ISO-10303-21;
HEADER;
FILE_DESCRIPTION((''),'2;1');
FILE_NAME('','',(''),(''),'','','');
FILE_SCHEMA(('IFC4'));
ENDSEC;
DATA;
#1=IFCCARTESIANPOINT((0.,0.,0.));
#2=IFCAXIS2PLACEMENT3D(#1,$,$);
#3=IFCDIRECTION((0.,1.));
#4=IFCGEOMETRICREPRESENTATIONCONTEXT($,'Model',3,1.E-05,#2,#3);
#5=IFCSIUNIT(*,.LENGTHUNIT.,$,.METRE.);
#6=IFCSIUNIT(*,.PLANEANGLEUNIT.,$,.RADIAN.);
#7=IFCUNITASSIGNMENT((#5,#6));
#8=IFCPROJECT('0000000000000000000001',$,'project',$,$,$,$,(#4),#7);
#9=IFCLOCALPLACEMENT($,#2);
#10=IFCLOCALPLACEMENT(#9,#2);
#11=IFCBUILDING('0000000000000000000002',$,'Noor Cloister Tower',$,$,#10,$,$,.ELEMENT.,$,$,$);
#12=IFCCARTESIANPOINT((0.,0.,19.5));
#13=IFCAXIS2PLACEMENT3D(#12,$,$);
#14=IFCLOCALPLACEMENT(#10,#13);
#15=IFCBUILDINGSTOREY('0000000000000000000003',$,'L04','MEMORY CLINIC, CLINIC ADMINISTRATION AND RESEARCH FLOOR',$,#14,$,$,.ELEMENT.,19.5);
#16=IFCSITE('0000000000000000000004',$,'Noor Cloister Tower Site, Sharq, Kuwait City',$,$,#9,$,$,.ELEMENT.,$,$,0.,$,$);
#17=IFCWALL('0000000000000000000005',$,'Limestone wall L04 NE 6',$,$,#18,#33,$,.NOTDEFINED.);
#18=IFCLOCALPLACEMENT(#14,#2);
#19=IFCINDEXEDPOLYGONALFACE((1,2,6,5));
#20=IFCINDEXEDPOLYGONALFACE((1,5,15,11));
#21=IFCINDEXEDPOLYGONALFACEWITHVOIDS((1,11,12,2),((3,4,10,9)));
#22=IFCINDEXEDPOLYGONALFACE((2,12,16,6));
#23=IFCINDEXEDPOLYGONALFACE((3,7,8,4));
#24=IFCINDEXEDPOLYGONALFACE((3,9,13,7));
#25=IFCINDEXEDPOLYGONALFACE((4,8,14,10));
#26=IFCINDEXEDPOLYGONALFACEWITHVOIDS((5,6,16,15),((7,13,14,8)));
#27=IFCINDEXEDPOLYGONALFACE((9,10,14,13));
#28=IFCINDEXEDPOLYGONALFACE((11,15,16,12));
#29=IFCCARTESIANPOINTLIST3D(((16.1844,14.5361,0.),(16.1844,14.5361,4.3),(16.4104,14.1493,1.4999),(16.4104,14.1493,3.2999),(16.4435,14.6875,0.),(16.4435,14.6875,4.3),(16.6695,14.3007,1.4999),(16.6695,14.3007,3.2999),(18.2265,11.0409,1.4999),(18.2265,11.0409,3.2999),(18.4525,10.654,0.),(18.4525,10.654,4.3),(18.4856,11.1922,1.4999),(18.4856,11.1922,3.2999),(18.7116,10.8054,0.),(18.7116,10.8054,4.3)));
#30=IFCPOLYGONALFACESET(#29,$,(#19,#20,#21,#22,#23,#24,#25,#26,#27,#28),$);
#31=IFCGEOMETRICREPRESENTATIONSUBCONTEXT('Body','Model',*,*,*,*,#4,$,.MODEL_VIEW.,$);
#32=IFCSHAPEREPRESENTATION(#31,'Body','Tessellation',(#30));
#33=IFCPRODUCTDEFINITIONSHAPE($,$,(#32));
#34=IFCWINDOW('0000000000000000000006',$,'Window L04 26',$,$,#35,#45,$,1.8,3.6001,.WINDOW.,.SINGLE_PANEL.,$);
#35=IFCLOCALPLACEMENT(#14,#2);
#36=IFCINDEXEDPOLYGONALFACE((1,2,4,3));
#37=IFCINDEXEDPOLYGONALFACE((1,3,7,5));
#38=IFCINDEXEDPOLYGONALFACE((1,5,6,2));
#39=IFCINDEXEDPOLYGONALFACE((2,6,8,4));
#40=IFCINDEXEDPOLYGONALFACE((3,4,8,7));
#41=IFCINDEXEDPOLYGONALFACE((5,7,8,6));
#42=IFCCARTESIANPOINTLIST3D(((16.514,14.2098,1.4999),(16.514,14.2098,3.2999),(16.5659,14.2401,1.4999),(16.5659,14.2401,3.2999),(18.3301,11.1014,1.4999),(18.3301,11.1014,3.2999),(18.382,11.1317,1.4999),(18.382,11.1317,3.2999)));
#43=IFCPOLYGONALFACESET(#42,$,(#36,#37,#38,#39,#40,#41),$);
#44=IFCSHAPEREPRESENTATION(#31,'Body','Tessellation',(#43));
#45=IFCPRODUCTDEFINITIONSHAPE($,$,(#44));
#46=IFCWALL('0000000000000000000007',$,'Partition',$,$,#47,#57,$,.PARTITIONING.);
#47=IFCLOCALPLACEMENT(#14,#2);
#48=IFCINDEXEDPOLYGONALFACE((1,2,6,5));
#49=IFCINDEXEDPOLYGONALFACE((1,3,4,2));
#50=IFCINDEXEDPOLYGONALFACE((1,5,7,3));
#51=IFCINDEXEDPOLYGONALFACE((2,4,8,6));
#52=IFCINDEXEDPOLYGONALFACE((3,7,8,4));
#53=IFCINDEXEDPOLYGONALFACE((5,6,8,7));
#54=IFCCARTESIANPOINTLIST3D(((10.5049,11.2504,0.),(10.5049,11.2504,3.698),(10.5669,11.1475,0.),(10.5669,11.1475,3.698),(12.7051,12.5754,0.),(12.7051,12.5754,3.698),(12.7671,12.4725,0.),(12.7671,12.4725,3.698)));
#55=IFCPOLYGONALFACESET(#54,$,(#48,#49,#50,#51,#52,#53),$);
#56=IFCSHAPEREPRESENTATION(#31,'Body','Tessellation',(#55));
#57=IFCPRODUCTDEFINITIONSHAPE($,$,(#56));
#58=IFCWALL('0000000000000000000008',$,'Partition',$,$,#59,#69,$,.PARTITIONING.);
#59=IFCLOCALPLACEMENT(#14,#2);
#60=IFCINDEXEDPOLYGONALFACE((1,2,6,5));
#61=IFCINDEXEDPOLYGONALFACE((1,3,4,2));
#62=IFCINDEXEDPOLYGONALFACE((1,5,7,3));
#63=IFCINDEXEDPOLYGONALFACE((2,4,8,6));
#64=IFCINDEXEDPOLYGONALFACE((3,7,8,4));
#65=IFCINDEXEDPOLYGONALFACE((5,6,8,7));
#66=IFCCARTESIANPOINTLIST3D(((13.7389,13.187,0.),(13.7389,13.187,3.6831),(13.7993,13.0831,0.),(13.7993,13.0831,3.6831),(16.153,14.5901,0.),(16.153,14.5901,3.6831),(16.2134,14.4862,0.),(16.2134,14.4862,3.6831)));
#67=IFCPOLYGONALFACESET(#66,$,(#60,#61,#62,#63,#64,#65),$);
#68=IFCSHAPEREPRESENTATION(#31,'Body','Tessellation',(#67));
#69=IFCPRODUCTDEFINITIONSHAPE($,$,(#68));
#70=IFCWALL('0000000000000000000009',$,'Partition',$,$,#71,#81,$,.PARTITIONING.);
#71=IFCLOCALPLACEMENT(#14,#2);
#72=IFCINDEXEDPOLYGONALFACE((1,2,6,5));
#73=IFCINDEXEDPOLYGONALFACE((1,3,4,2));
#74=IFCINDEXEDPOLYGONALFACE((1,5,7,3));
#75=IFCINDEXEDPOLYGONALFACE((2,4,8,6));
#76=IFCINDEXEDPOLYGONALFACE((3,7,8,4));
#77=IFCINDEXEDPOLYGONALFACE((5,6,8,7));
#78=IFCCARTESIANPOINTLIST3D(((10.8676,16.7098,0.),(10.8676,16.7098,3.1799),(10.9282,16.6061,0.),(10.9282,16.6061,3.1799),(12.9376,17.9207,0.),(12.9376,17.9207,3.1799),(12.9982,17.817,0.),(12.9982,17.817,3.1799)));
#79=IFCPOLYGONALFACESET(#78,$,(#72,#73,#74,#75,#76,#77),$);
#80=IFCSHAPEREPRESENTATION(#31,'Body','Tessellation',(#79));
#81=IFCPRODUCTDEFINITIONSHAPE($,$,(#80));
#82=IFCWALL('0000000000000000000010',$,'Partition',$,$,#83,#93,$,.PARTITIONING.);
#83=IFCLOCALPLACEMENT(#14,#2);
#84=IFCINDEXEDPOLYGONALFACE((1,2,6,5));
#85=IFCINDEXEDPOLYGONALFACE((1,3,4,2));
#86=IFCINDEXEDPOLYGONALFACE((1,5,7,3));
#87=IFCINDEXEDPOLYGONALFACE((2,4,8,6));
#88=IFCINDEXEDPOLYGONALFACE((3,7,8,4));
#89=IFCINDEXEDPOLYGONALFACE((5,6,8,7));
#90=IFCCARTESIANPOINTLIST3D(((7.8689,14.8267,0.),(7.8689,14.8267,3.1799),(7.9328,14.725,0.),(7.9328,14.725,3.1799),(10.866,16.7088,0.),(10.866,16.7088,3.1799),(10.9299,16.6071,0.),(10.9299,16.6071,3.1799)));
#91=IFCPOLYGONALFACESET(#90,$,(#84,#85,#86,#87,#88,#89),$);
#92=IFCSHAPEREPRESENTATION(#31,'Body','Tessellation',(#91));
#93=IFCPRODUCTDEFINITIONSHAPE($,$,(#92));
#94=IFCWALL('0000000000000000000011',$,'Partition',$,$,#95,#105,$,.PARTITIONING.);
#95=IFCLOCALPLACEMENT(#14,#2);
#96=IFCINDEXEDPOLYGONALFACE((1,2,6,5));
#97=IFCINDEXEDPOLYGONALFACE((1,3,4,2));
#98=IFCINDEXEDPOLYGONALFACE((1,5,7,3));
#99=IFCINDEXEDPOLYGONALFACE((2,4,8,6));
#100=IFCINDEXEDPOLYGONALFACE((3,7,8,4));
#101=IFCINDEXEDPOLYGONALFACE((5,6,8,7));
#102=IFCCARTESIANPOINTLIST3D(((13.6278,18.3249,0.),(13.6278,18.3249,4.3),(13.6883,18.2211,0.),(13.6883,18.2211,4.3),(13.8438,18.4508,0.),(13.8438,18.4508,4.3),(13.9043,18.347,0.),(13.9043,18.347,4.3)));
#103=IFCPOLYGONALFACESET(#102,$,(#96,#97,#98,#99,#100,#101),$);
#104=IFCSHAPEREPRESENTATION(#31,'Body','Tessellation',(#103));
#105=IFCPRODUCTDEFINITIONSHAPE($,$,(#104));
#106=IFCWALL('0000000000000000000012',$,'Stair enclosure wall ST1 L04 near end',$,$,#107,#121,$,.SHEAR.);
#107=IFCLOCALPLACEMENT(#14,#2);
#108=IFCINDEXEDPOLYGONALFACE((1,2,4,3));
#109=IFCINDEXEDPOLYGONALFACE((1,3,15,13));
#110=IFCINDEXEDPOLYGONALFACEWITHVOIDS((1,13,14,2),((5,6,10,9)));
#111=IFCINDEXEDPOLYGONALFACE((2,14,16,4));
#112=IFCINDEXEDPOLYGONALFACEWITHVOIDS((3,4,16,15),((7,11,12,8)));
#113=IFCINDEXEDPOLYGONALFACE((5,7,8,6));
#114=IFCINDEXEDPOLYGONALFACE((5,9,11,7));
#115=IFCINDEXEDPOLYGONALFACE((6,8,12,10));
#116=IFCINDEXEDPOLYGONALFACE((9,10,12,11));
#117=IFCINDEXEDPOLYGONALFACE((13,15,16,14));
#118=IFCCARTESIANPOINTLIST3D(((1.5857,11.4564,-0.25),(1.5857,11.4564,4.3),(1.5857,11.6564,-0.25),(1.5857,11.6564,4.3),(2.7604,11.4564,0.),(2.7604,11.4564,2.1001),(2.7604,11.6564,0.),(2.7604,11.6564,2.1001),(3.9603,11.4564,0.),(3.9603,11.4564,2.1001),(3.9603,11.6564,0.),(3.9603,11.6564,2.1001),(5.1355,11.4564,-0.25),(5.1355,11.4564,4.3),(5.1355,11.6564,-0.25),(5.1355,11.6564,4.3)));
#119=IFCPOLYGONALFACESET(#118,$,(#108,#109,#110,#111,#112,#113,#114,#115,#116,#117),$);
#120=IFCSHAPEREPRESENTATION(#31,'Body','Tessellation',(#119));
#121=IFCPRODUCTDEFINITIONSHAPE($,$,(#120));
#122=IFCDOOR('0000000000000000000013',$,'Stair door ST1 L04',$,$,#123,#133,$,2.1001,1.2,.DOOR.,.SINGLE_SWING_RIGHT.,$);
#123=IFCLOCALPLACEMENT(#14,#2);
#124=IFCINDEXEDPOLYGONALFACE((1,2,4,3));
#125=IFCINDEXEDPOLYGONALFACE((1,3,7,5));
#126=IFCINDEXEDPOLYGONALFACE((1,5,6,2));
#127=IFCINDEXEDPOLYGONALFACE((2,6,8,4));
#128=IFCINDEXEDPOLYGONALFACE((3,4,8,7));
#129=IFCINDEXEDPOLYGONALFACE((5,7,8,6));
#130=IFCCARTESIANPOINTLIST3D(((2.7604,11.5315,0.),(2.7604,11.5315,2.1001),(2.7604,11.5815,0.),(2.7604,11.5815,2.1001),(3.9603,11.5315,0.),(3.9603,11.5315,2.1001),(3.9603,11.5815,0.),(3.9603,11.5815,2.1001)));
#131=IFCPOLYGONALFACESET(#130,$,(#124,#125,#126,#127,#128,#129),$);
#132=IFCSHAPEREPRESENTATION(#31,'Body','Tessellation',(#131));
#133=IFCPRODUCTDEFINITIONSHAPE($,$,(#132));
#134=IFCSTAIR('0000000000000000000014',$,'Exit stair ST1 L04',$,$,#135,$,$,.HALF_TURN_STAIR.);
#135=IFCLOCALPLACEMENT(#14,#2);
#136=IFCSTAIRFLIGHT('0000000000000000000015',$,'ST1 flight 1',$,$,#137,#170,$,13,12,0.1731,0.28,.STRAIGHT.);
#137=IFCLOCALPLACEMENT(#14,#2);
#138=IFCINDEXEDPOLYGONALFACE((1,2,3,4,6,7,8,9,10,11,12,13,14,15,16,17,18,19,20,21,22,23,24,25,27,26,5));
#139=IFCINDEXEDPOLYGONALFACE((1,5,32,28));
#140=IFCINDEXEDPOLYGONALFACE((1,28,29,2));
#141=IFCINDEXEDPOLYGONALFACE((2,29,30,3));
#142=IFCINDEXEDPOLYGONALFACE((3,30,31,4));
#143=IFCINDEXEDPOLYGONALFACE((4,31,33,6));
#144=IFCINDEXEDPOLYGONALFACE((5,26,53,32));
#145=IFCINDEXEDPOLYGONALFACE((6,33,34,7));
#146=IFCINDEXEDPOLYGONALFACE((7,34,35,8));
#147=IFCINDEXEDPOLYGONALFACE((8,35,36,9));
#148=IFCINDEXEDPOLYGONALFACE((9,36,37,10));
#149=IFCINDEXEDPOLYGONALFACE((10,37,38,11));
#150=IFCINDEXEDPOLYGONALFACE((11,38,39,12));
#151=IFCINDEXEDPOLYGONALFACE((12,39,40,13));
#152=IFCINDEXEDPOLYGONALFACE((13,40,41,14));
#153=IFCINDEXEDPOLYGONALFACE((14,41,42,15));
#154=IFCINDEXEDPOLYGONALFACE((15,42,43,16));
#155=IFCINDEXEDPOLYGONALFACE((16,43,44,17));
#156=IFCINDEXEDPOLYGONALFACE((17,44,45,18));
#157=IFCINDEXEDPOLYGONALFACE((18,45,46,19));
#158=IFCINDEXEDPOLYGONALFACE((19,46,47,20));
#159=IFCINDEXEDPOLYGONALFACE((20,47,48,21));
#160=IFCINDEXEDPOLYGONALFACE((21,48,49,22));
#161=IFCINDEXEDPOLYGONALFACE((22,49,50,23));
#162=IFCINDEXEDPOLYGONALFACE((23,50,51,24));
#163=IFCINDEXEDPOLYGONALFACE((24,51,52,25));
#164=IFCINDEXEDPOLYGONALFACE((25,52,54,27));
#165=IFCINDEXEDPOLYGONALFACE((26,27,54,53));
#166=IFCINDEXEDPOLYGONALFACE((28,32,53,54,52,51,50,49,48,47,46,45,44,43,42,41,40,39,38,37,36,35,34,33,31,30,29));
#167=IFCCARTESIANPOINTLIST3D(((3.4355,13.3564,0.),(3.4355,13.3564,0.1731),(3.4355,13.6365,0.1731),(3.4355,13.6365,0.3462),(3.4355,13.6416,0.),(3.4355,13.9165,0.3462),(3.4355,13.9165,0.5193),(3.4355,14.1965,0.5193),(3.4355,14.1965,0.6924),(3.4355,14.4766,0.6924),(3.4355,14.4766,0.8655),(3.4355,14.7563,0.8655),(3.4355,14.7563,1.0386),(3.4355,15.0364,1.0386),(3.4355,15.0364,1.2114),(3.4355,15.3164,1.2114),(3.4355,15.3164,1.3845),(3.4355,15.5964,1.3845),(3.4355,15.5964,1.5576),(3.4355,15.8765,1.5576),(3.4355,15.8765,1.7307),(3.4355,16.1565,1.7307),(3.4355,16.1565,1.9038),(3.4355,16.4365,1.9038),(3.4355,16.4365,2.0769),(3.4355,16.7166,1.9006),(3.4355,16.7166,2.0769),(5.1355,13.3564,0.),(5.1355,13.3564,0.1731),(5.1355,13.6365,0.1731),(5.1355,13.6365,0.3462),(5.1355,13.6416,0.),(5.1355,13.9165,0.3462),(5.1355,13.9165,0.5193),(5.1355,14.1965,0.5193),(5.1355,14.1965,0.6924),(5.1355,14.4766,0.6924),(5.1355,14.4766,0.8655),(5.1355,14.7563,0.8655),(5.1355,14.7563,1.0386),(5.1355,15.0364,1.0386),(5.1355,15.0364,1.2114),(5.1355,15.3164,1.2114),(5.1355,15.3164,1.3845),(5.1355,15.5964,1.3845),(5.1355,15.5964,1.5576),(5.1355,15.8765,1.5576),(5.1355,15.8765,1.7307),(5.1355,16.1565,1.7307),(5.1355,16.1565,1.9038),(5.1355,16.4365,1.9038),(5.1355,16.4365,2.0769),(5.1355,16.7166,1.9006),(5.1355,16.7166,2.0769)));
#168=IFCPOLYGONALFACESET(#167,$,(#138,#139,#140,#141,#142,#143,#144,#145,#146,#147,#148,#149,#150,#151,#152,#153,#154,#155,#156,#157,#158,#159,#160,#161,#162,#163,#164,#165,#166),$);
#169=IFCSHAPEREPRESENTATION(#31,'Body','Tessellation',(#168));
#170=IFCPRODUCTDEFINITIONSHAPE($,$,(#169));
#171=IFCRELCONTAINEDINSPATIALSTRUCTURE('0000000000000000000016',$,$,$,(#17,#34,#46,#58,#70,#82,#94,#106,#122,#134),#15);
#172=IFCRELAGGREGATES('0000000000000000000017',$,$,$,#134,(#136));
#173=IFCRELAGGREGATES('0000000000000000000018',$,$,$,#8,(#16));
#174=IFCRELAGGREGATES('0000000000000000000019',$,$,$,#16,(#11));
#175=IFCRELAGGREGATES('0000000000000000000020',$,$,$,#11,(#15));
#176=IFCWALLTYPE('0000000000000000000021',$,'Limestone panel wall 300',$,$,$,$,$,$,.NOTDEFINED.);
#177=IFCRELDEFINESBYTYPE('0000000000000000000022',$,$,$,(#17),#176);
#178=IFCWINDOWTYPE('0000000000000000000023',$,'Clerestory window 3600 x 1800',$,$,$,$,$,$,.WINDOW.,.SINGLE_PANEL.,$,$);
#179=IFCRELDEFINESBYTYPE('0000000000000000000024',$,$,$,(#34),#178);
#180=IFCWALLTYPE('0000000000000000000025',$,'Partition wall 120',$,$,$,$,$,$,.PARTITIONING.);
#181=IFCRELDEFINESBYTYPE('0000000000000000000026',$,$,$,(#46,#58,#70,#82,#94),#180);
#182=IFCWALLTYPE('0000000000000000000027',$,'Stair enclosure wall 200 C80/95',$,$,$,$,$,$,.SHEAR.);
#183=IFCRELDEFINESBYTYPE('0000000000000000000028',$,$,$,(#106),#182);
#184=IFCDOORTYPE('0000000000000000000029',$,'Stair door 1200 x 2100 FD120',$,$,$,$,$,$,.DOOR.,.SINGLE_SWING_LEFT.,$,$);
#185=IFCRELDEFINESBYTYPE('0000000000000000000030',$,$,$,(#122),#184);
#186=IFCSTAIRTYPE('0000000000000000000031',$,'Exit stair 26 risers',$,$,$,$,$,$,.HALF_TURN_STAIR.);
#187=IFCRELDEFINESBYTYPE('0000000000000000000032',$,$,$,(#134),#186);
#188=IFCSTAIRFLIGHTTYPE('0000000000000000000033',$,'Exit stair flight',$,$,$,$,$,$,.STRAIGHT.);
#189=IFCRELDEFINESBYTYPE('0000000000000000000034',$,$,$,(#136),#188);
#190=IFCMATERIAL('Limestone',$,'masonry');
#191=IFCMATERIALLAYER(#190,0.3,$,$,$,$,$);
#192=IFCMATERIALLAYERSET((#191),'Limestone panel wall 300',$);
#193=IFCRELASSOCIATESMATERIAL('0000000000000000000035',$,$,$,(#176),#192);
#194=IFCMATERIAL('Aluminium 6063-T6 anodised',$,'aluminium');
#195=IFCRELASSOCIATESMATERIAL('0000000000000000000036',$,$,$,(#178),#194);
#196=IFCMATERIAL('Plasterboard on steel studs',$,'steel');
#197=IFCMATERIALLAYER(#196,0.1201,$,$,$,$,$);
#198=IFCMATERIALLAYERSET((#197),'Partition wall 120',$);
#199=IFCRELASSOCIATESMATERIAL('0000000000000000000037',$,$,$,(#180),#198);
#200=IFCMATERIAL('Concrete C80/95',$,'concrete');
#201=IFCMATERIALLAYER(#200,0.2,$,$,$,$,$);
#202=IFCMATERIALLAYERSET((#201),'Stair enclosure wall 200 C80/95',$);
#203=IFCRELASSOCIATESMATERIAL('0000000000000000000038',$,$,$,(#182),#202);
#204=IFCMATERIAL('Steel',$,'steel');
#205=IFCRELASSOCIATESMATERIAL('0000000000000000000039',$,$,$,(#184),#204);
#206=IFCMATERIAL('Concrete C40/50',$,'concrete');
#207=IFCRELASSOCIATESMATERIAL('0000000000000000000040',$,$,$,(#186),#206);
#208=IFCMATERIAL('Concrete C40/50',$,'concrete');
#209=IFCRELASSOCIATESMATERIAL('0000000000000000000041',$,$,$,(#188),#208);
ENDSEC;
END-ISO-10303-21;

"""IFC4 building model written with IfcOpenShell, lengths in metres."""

from ifc_helpers import new_model, si_unit, direction, frame, frame_2d, origin, place, context, subcontext, project, spatial, polyline, rectangle, outline, extrude, material, layer, layer_set, type_object, element, fill, aggregate, save


model = new_model("IFC4")

# Units and contexts
model_context = context("Model", 3, precision=1e-05, world=origin(), true_north=direction((0.0, 1.0)))
body_context = subcontext(model_context, "Body", "Model", "MODEL_VIEW")
ifc_project = project(units=[si_unit("LENGTHUNIT", "METRE"), si_unit("PLANEANGLEUNIT", "RADIAN")], contexts=[model_context])

# Site, building, storey
site_placement = place(None, origin())
site = spatial("IfcSite", under=ifc_project, at=site_placement, Name="Noor Cloister Tower Site, Sharq, Kuwait City", CompositionType="ELEMENT", RefElevation=0.0)
building_placement = place(site_placement, origin())
building = spatial("IfcBuilding", under=site, at=building_placement, Name="Noor Cloister Tower", CompositionType="ELEMENT")
storey_placement = place(building_placement, frame((0.0, 0.0, 19.5)))
storey = spatial("IfcBuildingStorey", under=building, at=storey_placement, Name="L04", Description="MEMORY CLINIC, CLINIC ADMINISTRATION AND RESEARCH FLOOR", CompositionType="ELEMENT", Elevation=19.5)

# Wall, opening, window
ifc_material_1 = material(Name="Limestone", Category="masonry")
ifc_layer_1 = layer(ifc_material_1, 0.3)
ifc_layer_set_1 = layer_set([ifc_layer_1], Name="Limestone panel wall 300")
wall_type_1 = type_object("IfcWallType", Name="Limestone panel wall 300", PredefinedType="NOTDEFINED", material=ifc_layer_set_1)
wall_1_placement = place(storey_placement, frame((16.314, 14.6118, 0.0), z_axis=(0.0, 0.0, 1.0), x_axis=(0.504455, -0.863438, 0.0)))
wall_1 = element("IfcWall", 1, at=wall_1_placement, inside=storey, type_object=wall_type_1, Name="Limestone wall L04 NE 6", PredefinedType="NOTDEFINED", context=body_context, shape_type="SweptSolid", body=[
    extrude(rectangle(XDim=4.4961, YDim=0.3, at=frame_2d((2.248, 0.0))), origin(), (0.0, 0.0, 1.0), 4.3),
])
opening_1_placement = place(wall_1_placement, frame((0.448, 0.0, 1.5)))
opening_1 = element("IfcOpeningElement", 2, at=opening_1_placement, cuts=wall_1, PredefinedType="OPENING", context=body_context, shape_type="SweptSolid", body=[
    extrude(rectangle(XDim=3.6001, YDim=1.8, at=frame_2d((1.8, 0.8999))), frame((0.0, 0.1602, 0.0), z_axis=(0.0, -1.0, 0.0), x_axis=(1.0, 0.0, 0.0)), (0.0, 0.0, 1.0), 0.3201),
])
ifc_material_2 = material(Name="Aluminium 6063-T6 anodised", Category="aluminium")
window_type = type_object("IfcWindowType", Name="Clerestory window 3600 x 1800", PartitioningType="SINGLE_PANEL", PredefinedType="WINDOW", material=ifc_material_2)
window_placement = place(opening_1_placement, origin())
window = element("IfcWindow", 3, at=window_placement, inside=storey, type_object=window_type, Name="Window L04 26", OverallHeight=1.8, OverallWidth=3.6001, PartitioningType="SINGLE_PANEL", PredefinedType="WINDOW", context=body_context, shape_type="SweptSolid", body=[
    extrude(rectangle(XDim=3.6001, YDim=1.8, at=frame_2d((1.8, 0.8999))), frame((0.0, 0.03, 0.0), z_axis=(0.0, -1.0, 0.0), x_axis=(1.0, 0.0, 0.0)), (0.0, 0.0, 1.0), 0.0601),
])
fill(opening_1, window)

# Walls
ifc_material_3 = material(Name="Plasterboard on steel studs", Category="steel")
ifc_layer_2 = layer(ifc_material_3, 0.1201)
ifc_layer_set_2 = layer_set([ifc_layer_2], Name="Partition wall 120")
wall_type_2 = type_object("IfcWallType", Name="Partition wall 120", PredefinedType="PARTITIONING", material=ifc_layer_set_2)
wall_2_placement = place(storey_placement, frame((12.7361, 12.5239, 0.0), z_axis=(0.0, 0.0, 1.0), x_axis=(-0.856661, -0.515879, 0.0)))
element("IfcWall", 4, at=wall_2_placement, inside=storey, type_object=wall_type_2, Name="Partition", PredefinedType="PARTITIONING", context=body_context, shape_type="SweptSolid", body=[
    extrude(rectangle(XDim=2.5684, YDim=0.1201, at=frame_2d((1.2842, 0.0))), origin(), (0.0, 0.0, 1.0), 3.698),
])
wall_3_placement = place(storey_placement, frame((16.1831, 14.5381, 0.0), z_axis=(0.0, 0.0, 1.0), x_axis=(-0.864577, -0.5025, 0.0)))
element("IfcWall", 5, at=wall_3_placement, inside=storey, type_object=wall_type_2, Name="Partition", PredefinedType="PARTITIONING", context=body_context, shape_type="SweptSolid", body=[
    extrude(rectangle(XDim=2.7922, YDim=0.1201, at=frame_2d((1.396, 0.0))), origin(), (0.0, 0.0, 1.0), 3.6831),
])
wall_4_placement = place(storey_placement, frame((12.968, 17.8689, 0.0), z_axis=(0.0, 0.0, 1.0), x_axis=(-0.863162, -0.504928, 0.0)))
element("IfcWall", 6, at=wall_4_placement, inside=storey, type_object=wall_type_2, Name="Partition", PredefinedType="PARTITIONING", context=body_context, shape_type="SweptSolid", body=[
    extrude(rectangle(XDim=2.3982, YDim=0.1201, at=frame_2d((1.1992, 0.0))), origin(), (0.0, 0.0, 1.0), 3.1799),
])
wall_5_placement = place(storey_placement, frame((10.8979, 16.658, 0.0), z_axis=(0.0, 0.0, 1.0), x_axis=(-0.846865, -0.531808, 0.0)))
element("IfcWall", 7, at=wall_5_placement, inside=storey, type_object=wall_type_2, Name="Partition", PredefinedType="PARTITIONING", context=body_context, shape_type="SweptSolid", body=[
    extrude(rectangle(XDim=3.5391, YDim=0.1201, at=frame_2d((1.7695, 0.0))), origin(), (0.0, 0.0, 1.0), 3.1799),
])
wall_6_placement = place(storey_placement, frame((13.874, 18.3989, 0.0), z_axis=(0.0, 0.0, 1.0), x_axis=(-0.863885, -0.503689, 0.0)))
element("IfcWall", 8, at=wall_6_placement, inside=storey, type_object=wall_type_2, Name="Partition", PredefinedType="PARTITIONING", context=body_context, shape_type="SweptSolid", body=[
    extrude(rectangle(XDim=0.25, YDim=0.1201, at=frame_2d((0.125, 0.0))), origin(), (0.0, 0.0, 1.0), 4.3),
])

# Wall, opening, door
ifc_material_4 = material(Name="Concrete C80/95", Category="concrete")
ifc_layer_3 = layer(ifc_material_4, 0.2)
ifc_layer_set_3 = layer_set([ifc_layer_3], Name="Stair enclosure wall 200 C80/95")
wall_type_3 = type_object("IfcWallType", Name="Stair enclosure wall 200 C80/95", PredefinedType="SHEAR", material=ifc_layer_set_3)
wall_7_placement = place(storey_placement, frame((5.1355, 11.5564, -0.25), z_axis=(0.0, 0.0, 1.0), x_axis=(-1.0, 0.0, 0.0)))
wall_7 = element("IfcWall", 9, at=wall_7_placement, inside=storey, type_object=wall_type_3, Name="Stair enclosure wall ST1 L04 near end", PredefinedType="SHEAR", context=body_context, shape_type="SweptSolid", body=[
    extrude(rectangle(XDim=3.5498, YDim=0.2, at=frame_2d((1.7749, 0.0))), origin(), (0.0, 0.0, 1.0), 4.55),
])
opening_2_placement = place(wall_7_placement, frame((1.175, 0.0, 0.25)))
opening_2 = element("IfcOpeningElement", 10, at=opening_2_placement, cuts=wall_7, PredefinedType="OPENING", context=body_context, shape_type="SweptSolid", body=[
    extrude(rectangle(XDim=1.2, YDim=2.1001, at=frame_2d((0.6001, 1.05))), frame((0.0, 0.1099, 0.0), z_axis=(0.0, -1.0, 0.0), x_axis=(1.0, 0.0, 0.0)), (0.0, 0.0, 1.0), 0.22),
])
ifc_material_5 = material(Name="Steel", Category="steel")
door_type_1 = type_object("IfcDoorType", Name="Stair door 1200 x 2100 FD120", OperationType="SINGLE_SWING_LEFT", PredefinedType="DOOR", material=ifc_material_5)
door_1_placement = place(opening_2_placement, origin())
door_1 = element("IfcDoor", 11, at=door_1_placement, inside=storey, type_object=door_type_1, Name="Stair door ST1 L04", OperationType="SINGLE_SWING_RIGHT", OverallHeight=2.1001, OverallWidth=1.2, PredefinedType="DOOR", context=body_context, shape_type="SweptSolid", body=[
    extrude(rectangle(XDim=1.2, YDim=2.1001, at=frame_2d((0.6001, 1.05))), frame((0.0, 0.0249, 0.0), z_axis=(0.0, -1.0, 0.0), x_axis=(1.0, 0.0, 0.0)), (0.0, 0.0, 1.0), 0.05),
])
fill(opening_2, door_1)

# Stair, stair flight
ifc_material_6 = material(Name="Concrete C40/50", Category="concrete")
stair_type = type_object("IfcStairType", Name="Exit stair 26 risers", PredefinedType="HALF_TURN_STAIR", material=ifc_material_6)
stair_placement = place(storey_placement, origin())
stair = element("IfcStair", 12, at=stair_placement, inside=storey, type_object=stair_type, Name="Exit stair ST1 L04", PredefinedType="HALF_TURN_STAIR")
ifc_material_7 = material(Name="Concrete C40/50", Category="concrete")
stair_flight_type = type_object("IfcStairFlightType", Name="Exit stair flight", PredefinedType="STRAIGHT", material=ifc_material_7)
stair_flight_1_placement = place(storey_placement, frame((4.2856, 13.3564, 0.0), z_axis=(0.0, 0.0, 1.0), x_axis=(0.0, 1.0, 0.0)))
stair_flight_1 = element("IfcStairFlight", 13, at=stair_flight_1_placement, type_object=stair_flight_type, Name="ST1 flight 1", NumberOfRisers=13, NumberOfTreads=12, PredefinedType="STRAIGHT", RiserHeight=0.1731, TreadLength=0.28, context=body_context, shape_type="SweptSolid", body=[
    extrude(outline(polyline([(0.0, 0.0), (0.0, 0.1731), (0.28, 0.1731), (0.28, 0.3462), (0.5601, 0.3462), (0.5601, 0.5193), (0.8401, 0.5193), (0.8401, 0.6924), (1.1201, 0.6924), (1.1201, 0.8655), (1.3999, 0.8655), (1.3999, 1.0386), (1.6799, 1.0386), (1.6799, 1.2114), (1.96, 1.2114), (1.96, 1.3845), (2.24, 1.3845), (2.24, 1.5576), (2.52, 1.5576), (2.52, 1.7307), (2.8, 1.7307), (2.8, 1.9038), (3.0801, 1.9038), (3.0801, 2.0769), (3.3601, 2.0769), (3.3601, 2.25), (3.3601, 1.9006), (0.2852, 0.0), (0.0, 0.0)])), frame((0.0, 0.8501, 0.0), z_axis=(0.0, -1.0, 0.0), x_axis=(1.0, 0.0, 0.0)), (0.0, 0.0, 1.0), 1.7),
])
aggregate(stair, [stair_flight_1])

save(model, "model.ifc")
